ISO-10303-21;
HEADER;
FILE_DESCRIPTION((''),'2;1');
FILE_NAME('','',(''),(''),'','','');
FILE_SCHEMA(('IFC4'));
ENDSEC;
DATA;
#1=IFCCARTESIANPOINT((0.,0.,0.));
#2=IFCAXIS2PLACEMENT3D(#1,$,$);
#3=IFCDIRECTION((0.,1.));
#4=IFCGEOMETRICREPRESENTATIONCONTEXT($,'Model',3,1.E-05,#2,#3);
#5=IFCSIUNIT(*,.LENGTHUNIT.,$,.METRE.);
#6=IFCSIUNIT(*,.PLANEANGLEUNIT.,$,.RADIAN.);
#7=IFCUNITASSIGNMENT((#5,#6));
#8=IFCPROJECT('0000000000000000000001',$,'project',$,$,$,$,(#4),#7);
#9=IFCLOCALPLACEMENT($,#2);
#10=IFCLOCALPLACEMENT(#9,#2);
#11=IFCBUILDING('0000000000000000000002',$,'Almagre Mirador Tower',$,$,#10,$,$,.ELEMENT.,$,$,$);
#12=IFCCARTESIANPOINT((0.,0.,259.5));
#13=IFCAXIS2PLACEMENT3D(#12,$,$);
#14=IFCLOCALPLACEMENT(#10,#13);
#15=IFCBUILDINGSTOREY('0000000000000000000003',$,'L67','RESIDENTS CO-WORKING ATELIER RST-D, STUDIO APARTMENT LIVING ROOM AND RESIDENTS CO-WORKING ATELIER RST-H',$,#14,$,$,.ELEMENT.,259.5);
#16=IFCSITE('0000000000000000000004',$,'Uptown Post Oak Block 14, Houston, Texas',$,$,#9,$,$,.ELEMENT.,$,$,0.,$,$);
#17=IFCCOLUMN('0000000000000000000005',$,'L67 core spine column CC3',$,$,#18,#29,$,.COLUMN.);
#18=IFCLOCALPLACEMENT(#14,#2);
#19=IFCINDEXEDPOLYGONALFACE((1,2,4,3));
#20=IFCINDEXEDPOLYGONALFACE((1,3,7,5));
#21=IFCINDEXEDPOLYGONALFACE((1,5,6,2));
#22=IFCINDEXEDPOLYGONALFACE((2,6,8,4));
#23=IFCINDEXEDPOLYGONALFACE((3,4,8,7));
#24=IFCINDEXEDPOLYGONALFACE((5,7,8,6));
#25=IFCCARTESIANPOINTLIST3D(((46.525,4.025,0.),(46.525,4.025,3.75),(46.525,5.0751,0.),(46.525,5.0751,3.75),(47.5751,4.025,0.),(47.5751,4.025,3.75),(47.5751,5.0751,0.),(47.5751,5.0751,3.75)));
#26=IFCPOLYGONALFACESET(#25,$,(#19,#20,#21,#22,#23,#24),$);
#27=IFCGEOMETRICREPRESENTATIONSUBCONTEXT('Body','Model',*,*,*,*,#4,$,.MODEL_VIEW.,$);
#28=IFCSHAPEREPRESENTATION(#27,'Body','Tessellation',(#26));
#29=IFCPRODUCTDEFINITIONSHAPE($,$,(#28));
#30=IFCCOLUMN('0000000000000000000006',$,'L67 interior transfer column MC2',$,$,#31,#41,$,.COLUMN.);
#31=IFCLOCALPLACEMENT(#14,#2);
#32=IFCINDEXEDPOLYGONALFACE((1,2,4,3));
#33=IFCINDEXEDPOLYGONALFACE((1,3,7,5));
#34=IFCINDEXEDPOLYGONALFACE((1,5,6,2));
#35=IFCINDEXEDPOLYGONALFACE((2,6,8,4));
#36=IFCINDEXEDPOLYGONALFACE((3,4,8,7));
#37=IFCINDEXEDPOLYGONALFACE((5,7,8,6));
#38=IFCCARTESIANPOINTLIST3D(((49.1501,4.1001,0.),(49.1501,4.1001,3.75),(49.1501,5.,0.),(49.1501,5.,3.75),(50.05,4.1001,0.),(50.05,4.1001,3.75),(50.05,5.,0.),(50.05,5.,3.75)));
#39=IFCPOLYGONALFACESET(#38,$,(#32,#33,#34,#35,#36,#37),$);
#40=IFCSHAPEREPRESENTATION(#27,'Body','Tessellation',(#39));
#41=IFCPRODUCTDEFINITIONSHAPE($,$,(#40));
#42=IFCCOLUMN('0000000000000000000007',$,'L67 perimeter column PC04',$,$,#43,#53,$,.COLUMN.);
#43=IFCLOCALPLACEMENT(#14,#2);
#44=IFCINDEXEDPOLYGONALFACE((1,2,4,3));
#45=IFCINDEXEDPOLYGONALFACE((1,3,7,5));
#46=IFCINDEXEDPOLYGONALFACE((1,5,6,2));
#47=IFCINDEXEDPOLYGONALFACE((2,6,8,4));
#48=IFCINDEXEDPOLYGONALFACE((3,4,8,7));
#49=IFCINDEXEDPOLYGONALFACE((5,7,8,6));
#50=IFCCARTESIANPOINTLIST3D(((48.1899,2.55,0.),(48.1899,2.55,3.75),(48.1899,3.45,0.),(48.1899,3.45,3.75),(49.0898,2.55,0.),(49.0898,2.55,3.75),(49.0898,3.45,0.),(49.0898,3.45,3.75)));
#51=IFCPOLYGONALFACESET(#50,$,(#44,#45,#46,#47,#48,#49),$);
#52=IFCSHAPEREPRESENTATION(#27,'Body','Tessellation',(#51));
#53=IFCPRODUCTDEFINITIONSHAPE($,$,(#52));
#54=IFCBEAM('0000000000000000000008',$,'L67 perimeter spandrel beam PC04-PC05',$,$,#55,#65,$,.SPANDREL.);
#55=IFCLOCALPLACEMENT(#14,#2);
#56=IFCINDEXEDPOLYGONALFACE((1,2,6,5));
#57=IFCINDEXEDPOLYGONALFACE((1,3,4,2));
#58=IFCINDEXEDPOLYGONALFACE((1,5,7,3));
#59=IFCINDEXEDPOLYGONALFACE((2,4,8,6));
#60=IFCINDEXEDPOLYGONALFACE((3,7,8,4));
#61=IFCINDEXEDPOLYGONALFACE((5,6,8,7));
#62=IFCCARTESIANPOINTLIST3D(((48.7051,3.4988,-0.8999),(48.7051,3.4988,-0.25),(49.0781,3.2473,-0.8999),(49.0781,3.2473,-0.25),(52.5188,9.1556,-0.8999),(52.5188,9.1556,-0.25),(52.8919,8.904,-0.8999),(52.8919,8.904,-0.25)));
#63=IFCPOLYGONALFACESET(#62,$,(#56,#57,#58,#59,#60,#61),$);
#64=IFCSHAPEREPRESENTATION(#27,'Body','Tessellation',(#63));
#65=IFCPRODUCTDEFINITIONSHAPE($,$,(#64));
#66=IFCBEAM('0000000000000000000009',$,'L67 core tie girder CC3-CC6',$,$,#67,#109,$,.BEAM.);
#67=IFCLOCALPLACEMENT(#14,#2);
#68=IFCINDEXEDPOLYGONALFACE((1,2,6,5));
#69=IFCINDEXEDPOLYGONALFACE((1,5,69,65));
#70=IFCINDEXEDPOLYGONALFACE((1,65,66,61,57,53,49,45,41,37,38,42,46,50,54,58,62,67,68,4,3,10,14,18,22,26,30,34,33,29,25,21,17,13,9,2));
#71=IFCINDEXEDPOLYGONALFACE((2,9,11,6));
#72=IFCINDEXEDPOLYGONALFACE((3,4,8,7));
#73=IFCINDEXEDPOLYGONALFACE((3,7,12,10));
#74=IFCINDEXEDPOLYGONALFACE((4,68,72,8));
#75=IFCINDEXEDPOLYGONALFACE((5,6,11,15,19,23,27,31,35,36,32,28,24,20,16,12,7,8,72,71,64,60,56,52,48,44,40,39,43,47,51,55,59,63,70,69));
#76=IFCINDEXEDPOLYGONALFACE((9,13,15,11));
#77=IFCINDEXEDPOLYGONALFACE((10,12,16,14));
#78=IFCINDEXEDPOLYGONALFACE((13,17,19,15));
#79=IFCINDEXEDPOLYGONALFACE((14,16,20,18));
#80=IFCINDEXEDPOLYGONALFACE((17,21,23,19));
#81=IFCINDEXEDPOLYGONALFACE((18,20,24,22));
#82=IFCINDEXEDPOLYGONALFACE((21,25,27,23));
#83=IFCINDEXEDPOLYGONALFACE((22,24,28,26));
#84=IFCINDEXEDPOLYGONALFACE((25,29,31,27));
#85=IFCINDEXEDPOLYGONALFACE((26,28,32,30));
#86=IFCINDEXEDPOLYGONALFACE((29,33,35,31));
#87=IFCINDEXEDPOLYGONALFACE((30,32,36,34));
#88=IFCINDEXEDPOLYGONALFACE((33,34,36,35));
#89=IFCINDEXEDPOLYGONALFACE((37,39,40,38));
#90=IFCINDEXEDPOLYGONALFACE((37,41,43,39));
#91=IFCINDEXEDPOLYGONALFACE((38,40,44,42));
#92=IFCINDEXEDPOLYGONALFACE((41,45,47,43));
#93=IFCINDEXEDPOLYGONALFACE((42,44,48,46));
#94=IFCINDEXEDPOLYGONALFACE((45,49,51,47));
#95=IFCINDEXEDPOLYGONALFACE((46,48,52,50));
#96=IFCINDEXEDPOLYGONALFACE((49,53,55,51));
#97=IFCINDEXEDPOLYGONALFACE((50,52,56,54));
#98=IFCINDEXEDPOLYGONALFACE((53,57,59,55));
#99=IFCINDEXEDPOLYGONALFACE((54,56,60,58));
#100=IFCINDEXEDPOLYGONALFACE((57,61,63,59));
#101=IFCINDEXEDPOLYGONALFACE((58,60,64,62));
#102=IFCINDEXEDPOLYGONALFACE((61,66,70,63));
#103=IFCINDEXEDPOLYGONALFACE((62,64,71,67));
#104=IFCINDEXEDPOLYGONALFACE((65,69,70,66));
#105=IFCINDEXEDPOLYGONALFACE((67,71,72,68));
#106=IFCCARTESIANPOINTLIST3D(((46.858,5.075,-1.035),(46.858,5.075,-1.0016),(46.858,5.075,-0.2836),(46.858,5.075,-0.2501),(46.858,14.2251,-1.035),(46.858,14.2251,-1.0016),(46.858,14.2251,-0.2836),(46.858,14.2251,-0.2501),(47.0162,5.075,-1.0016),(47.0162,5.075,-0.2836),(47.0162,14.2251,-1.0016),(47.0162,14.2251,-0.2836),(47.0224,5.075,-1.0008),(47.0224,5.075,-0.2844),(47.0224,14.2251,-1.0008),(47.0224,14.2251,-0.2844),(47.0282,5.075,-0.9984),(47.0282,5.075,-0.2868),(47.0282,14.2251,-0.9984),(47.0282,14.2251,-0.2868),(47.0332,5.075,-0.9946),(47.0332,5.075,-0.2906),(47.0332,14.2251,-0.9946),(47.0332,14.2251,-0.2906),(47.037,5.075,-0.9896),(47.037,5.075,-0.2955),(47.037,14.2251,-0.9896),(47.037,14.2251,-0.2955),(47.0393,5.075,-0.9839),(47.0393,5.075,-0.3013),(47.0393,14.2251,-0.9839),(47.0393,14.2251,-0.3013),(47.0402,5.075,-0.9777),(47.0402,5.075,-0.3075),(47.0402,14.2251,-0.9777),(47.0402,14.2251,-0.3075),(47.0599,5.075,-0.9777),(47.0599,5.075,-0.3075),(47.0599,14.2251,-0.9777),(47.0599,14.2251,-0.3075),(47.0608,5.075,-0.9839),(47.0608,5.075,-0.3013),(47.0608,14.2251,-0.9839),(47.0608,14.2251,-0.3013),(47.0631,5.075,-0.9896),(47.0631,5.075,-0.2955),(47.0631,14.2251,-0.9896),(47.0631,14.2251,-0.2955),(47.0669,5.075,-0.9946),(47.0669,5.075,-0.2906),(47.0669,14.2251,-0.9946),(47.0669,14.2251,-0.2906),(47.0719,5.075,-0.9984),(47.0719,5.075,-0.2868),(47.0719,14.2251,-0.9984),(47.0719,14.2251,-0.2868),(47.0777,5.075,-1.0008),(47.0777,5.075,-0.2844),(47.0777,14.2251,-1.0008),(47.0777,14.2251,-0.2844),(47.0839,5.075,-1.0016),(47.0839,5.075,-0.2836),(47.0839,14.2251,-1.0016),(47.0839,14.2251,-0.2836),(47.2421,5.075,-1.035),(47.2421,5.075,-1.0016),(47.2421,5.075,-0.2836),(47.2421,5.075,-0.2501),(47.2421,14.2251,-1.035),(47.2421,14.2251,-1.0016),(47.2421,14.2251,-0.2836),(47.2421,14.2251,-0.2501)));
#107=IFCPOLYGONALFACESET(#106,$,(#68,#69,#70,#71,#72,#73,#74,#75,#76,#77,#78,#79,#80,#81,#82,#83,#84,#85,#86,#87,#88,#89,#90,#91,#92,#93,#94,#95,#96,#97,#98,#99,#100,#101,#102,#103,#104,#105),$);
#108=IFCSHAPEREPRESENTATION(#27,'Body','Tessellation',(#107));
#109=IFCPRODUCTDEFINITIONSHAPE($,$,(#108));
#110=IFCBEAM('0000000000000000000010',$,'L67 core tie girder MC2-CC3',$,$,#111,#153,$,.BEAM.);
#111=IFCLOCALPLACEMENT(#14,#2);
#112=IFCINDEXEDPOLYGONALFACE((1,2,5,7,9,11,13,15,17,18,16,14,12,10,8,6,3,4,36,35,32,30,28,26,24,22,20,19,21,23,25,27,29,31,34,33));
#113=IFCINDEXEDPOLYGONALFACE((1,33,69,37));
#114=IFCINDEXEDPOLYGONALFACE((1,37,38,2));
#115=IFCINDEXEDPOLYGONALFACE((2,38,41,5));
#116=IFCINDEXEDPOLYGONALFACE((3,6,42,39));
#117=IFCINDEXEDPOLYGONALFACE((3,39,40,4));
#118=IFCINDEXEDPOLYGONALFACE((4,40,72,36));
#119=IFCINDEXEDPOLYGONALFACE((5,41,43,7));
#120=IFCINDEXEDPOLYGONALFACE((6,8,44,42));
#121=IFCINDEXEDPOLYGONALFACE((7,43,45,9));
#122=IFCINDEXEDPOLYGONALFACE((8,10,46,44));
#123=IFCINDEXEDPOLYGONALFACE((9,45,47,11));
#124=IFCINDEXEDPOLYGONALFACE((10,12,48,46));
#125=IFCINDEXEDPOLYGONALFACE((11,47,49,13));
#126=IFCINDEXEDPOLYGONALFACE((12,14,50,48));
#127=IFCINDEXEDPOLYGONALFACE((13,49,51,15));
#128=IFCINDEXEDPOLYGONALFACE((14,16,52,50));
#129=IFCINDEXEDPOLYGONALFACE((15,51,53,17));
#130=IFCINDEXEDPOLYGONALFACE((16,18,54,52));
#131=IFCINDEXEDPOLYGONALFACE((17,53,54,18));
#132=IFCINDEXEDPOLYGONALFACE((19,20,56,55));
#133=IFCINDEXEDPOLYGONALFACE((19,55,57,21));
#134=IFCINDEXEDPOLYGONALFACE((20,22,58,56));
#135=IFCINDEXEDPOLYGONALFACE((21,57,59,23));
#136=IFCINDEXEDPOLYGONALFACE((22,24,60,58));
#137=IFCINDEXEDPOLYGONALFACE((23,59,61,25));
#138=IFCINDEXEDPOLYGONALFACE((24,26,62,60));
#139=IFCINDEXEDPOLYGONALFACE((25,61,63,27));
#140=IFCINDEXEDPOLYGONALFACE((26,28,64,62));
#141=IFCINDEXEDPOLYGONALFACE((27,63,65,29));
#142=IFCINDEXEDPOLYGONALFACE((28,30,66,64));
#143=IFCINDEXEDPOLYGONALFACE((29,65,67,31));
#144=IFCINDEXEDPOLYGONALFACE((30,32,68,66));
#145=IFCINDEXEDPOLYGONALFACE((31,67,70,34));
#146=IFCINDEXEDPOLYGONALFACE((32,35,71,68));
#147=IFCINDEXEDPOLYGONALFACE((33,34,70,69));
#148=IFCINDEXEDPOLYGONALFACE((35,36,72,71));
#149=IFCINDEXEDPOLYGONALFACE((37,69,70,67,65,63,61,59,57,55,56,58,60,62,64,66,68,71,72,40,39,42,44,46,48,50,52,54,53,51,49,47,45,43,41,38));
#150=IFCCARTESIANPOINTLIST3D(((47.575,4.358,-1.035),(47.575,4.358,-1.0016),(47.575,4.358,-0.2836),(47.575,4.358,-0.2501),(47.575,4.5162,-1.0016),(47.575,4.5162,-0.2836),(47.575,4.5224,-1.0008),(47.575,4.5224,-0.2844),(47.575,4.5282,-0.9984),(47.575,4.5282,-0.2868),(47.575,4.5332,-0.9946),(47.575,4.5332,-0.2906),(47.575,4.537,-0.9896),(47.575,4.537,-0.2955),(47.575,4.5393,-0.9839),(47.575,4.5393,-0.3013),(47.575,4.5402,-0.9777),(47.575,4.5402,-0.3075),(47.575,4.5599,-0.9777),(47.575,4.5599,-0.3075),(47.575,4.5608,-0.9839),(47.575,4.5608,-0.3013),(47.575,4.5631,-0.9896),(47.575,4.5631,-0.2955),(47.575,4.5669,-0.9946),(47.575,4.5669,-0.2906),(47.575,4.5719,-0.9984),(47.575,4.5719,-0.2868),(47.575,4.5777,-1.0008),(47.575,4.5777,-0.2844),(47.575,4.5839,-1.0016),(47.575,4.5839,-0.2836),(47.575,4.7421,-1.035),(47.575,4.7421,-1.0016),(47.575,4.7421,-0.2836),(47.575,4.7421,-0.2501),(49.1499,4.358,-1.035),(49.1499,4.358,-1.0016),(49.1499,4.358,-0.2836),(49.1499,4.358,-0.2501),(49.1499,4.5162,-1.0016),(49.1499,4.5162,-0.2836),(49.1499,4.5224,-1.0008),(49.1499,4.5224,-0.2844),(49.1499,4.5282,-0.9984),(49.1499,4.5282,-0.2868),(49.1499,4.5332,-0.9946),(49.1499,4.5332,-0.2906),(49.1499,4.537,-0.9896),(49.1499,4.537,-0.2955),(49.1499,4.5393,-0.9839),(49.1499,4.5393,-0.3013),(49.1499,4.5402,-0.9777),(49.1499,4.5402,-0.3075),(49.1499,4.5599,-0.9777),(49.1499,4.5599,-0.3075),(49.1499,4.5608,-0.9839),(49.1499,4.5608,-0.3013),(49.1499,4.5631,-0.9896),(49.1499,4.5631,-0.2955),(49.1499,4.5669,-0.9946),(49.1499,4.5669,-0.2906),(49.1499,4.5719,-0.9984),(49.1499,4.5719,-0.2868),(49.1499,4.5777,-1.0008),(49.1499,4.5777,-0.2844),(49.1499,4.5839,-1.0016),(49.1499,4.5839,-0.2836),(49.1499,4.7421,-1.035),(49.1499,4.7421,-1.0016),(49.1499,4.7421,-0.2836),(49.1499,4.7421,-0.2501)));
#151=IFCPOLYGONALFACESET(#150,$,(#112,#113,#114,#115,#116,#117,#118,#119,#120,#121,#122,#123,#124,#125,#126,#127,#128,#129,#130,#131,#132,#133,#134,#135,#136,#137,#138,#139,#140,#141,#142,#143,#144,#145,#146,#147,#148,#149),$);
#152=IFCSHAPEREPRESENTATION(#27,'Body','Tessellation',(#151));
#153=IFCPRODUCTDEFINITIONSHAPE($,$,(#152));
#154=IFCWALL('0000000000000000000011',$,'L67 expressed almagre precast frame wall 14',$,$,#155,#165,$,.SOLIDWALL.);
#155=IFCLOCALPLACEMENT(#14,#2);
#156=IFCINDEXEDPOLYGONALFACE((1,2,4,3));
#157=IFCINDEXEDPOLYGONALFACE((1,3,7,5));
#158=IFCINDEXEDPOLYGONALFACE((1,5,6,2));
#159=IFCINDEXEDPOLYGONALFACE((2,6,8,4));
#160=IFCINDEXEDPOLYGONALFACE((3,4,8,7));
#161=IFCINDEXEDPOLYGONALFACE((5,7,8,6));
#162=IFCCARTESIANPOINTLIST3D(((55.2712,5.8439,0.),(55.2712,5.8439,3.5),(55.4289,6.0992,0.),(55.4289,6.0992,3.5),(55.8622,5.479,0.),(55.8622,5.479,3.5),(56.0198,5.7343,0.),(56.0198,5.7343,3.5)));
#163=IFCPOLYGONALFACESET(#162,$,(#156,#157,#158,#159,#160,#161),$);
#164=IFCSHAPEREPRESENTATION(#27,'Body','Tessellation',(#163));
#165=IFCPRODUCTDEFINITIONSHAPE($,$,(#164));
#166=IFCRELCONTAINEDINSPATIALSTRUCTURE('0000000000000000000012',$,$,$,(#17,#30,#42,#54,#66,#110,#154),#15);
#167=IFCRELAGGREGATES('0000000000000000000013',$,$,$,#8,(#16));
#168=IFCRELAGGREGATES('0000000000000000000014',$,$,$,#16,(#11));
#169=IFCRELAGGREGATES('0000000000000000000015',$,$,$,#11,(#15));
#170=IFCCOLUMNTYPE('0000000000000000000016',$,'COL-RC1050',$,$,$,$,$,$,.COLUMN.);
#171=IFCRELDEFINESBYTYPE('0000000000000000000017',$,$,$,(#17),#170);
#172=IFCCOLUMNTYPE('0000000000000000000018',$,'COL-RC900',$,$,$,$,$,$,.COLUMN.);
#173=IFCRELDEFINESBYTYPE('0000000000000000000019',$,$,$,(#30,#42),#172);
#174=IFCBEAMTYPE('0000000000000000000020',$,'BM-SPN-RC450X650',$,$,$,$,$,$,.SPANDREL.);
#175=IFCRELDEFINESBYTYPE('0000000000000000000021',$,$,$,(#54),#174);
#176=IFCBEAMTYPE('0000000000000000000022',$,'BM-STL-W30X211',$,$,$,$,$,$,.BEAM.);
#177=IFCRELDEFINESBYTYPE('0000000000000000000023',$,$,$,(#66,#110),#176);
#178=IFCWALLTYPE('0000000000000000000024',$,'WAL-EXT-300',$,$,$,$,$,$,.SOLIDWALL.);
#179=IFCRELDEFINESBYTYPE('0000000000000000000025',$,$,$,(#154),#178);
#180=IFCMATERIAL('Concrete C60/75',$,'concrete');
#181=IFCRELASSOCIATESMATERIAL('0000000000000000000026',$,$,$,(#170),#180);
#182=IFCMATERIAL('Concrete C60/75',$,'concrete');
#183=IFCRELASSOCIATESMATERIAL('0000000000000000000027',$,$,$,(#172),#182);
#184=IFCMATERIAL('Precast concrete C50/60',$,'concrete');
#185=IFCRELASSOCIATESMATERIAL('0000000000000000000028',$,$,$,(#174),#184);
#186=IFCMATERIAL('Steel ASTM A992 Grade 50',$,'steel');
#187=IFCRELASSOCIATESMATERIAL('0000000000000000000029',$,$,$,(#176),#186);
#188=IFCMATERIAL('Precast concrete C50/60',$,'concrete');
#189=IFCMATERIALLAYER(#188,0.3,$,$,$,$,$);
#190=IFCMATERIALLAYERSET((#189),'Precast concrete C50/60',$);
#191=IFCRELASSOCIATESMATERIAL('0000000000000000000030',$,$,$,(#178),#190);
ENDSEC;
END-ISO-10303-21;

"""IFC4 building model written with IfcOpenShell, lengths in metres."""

from ifc_helpers import new_model, si_unit, direction, frame, frame_2d, origin, origin_2d, place, context, subcontext, project, spatial, rectangle, i_section, extrude, material, layer, layer_set, material_profile, profile_set, type_object, element, save


model = new_model("IFC4")

# Units and contexts
model_context = context("Model", 3, precision=1e-05, world=origin(), true_north=direction((0.0, 1.0)))
body_context = subcontext(model_context, "Body", "Model", "MODEL_VIEW")
ifc_project = project(units=[si_unit("LENGTHUNIT", "METRE"), si_unit("PLANEANGLEUNIT", "RADIAN")], contexts=[model_context])

# Site, building, storey
site_placement = place(None, origin())
site = spatial("IfcSite", under=ifc_project, at=site_placement, Name="Uptown Post Oak Block 14, Houston, Texas", CompositionType="ELEMENT", RefElevation=0.0)
building_placement = place(site_placement, origin())
building = spatial("IfcBuilding", under=site, at=building_placement, Name="Almagre Mirador Tower", CompositionType="ELEMENT")
storey_placement = place(building_placement, frame((0.0, 0.0, 259.5)))
storey = spatial("IfcBuildingStorey", under=building, at=storey_placement, Name="L67", Description="RESIDENTS CO-WORKING ATELIER RST-D, STUDIO APARTMENT LIVING ROOM AND RESIDENTS CO-WORKING ATELIER RST-H", CompositionType="ELEMENT", Elevation=259.5)

# Columns
ifc_material_1 = material(Name="Concrete C60/75", Category="concrete")
ifc_material_profile_1 = material_profile(ifc_material_1, rectangle(XDim=1.05, YDim=1.05, at=origin_2d()), Name="RC1050X1050")
ifc_profile_set_1 = profile_set([ifc_material_profile_1], Name="Concrete C60/75")
column_type_1 = type_object("IfcColumnType", Name="COL-RC1050", PredefinedType="COLUMN", material=ifc_profile_set_1)
column_placement = place(storey_placement, frame((47.05, 4.55, 0.0), z_axis=(0.0, 0.0, 1.0), x_axis=(1.0, 0.0, 0.0)))
element("IfcColumn", 1, at=column_placement, inside=storey, type_object=column_type_1, Name="L67 core spine column CC3", PredefinedType="COLUMN", context=body_context, shape_type="SweptSolid", body=[
    extrude(rectangle(XDim=1.05, YDim=1.05, at=origin_2d()), origin(), (0.0, 0.0, 1.0), 3.75),
])
ifc_material_2 = material(Name="Concrete C60/75", Category="concrete")
ifc_material_profile_2 = material_profile(ifc_material_2, rectangle(XDim=0.8999, YDim=0.8999, at=origin_2d()), Name="RC900X900")
ifc_profile_set_2 = profile_set([ifc_material_profile_2], Name="Concrete C60/75")
column_type_2 = type_object("IfcColumnType", Name="COL-RC900", PredefinedType="COLUMN", material=ifc_profile_set_2)
for number, where, z_axis, x_axis, name in (
    (2, (49.6001, 4.55, 0.0), (0.0, 0.0, 1.0), (1.0, 0.0, 0.0), "L67 interior transfer column MC2"),
    (3, (48.6399, 3.0, 0.0), (0.0, 0.0, 1.0), (1.0, 0.0, 0.0), "L67 perimeter column PC04"),
):
    element("IfcColumn", number, at=place(storey_placement, frame(where, z_axis=z_axis, x_axis=x_axis)), inside=storey, type_object=column_type_2, Name=name, PredefinedType="COLUMN", context=body_context, shape_type="SweptSolid", body=[
        extrude(rectangle(XDim=0.8999, YDim=0.8999, at=origin_2d()), origin(), (0.0, 0.0, 1.0), 3.75),
    ])

# Beams
ifc_material_3 = material(Name="Precast concrete C50/60", Category="concrete")
ifc_material_profile_3 = material_profile(ifc_material_3, rectangle(XDim=0.45, YDim=0.6499, at=origin_2d()), Name="RC450X650")
ifc_profile_set_3 = profile_set([ifc_material_profile_3], Name="Precast concrete C50/60")
beam_type_1 = type_object("IfcBeamType", Name="BM-SPN-RC450X650", PredefinedType="SPANDREL", material=ifc_profile_set_3)
beam_1_placement = place(storey_placement, frame((48.8916, 3.373, -0.575), z_axis=(0.559012, 0.82916, 0.0), x_axis=(-0.82916, 0.559012, 0.0)))
element("IfcBeam", 4, at=beam_1_placement, inside=storey, type_object=beam_type_1, Name="L67 perimeter spandrel beam PC04-PC05", PredefinedType="SPANDREL", context=body_context, shape_type="SweptSolid", body=[
    extrude(rectangle(XDim=0.45, YDim=0.6499, at=origin_2d()), origin(), (0.0, 0.0, 1.0), 6.8223),
])
ifc_material_4 = material(Name="Steel ASTM A992 Grade 50", Category="steel")
ifc_material_profile_4 = material_profile(ifc_material_4, i_section(OverallWidth=0.384, OverallDepth=0.7849, WebThickness=0.0198, FlangeThickness=0.0334, FilletRadius=0.0239, at=origin_2d()), Name="W30X211")
ifc_profile_set_4 = profile_set([ifc_material_profile_4], Name="Steel ASTM A992 Grade 50")
beam_type_2 = type_object("IfcBeamType", Name="BM-STL-W30X211", PredefinedType="BEAM", material=ifc_profile_set_4)
beam_2_placement = place(storey_placement, frame((47.05, 5.075, -0.6426), z_axis=(0.0, 1.0, 0.0), x_axis=(-1.0, 0.0, 0.0)))
element("IfcBeam", 5, at=beam_2_placement, inside=storey, type_object=beam_type_2, Name="L67 core tie girder CC3-CC6", PredefinedType="BEAM", context=body_context, shape_type="SweptSolid", body=[
    extrude(i_section(OverallWidth=0.384, OverallDepth=0.7849, WebThickness=0.0198, FlangeThickness=0.0334, FilletRadius=0.0239, at=origin_2d()), origin(), (0.0, 0.0, 1.0), 9.1501),
])
beam_3_placement = place(storey_placement, frame((49.1499, 4.55, -0.6426), z_axis=(-1.0, 0.0, 0.0), x_axis=(0.0, -1.0, 0.0)))
element("IfcBeam", 6, at=beam_3_placement, inside=storey, type_object=beam_type_2, Name="L67 core tie girder MC2-CC3", PredefinedType="BEAM", context=body_context, shape_type="SweptSolid", body=[
    extrude(i_section(OverallWidth=0.384, OverallDepth=0.7849, WebThickness=0.0198, FlangeThickness=0.0334, FilletRadius=0.0239, at=origin_2d()), origin(), (0.0, 0.0, 1.0), 1.575),
])

# Wall
ifc_material_5 = material(Name="Precast concrete C50/60", Category="concrete")
ifc_layer_1 = layer(ifc_material_5, 0.3)
ifc_layer_set_1 = layer_set([ifc_layer_1], Name="Precast concrete C50/60")
wall_type_1 = type_object("IfcWallType", Name="WAL-EXT-300", PredefinedType="SOLIDWALL", material=ifc_layer_set_1)
wall_1_placement = place(storey_placement, frame((55.9409, 5.6067, 0.0), z_axis=(0.0, 0.0, 1.0), x_axis=(-0.850849, 0.525411, 0.0)))
element("IfcWall", 7, at=wall_1_placement, inside=storey, type_object=wall_type_1, Name="L67 expressed almagre precast frame wall 14", PredefinedType="SOLIDWALL", context=body_context, shape_type="SweptSolid", body=[
    extrude(rectangle(XDim=0.6946, YDim=0.3, at=frame_2d((0.3472, 0.0))), origin(), (0.0, 0.0, 1.0), 3.5),
])

save(model, "model.ifc")
